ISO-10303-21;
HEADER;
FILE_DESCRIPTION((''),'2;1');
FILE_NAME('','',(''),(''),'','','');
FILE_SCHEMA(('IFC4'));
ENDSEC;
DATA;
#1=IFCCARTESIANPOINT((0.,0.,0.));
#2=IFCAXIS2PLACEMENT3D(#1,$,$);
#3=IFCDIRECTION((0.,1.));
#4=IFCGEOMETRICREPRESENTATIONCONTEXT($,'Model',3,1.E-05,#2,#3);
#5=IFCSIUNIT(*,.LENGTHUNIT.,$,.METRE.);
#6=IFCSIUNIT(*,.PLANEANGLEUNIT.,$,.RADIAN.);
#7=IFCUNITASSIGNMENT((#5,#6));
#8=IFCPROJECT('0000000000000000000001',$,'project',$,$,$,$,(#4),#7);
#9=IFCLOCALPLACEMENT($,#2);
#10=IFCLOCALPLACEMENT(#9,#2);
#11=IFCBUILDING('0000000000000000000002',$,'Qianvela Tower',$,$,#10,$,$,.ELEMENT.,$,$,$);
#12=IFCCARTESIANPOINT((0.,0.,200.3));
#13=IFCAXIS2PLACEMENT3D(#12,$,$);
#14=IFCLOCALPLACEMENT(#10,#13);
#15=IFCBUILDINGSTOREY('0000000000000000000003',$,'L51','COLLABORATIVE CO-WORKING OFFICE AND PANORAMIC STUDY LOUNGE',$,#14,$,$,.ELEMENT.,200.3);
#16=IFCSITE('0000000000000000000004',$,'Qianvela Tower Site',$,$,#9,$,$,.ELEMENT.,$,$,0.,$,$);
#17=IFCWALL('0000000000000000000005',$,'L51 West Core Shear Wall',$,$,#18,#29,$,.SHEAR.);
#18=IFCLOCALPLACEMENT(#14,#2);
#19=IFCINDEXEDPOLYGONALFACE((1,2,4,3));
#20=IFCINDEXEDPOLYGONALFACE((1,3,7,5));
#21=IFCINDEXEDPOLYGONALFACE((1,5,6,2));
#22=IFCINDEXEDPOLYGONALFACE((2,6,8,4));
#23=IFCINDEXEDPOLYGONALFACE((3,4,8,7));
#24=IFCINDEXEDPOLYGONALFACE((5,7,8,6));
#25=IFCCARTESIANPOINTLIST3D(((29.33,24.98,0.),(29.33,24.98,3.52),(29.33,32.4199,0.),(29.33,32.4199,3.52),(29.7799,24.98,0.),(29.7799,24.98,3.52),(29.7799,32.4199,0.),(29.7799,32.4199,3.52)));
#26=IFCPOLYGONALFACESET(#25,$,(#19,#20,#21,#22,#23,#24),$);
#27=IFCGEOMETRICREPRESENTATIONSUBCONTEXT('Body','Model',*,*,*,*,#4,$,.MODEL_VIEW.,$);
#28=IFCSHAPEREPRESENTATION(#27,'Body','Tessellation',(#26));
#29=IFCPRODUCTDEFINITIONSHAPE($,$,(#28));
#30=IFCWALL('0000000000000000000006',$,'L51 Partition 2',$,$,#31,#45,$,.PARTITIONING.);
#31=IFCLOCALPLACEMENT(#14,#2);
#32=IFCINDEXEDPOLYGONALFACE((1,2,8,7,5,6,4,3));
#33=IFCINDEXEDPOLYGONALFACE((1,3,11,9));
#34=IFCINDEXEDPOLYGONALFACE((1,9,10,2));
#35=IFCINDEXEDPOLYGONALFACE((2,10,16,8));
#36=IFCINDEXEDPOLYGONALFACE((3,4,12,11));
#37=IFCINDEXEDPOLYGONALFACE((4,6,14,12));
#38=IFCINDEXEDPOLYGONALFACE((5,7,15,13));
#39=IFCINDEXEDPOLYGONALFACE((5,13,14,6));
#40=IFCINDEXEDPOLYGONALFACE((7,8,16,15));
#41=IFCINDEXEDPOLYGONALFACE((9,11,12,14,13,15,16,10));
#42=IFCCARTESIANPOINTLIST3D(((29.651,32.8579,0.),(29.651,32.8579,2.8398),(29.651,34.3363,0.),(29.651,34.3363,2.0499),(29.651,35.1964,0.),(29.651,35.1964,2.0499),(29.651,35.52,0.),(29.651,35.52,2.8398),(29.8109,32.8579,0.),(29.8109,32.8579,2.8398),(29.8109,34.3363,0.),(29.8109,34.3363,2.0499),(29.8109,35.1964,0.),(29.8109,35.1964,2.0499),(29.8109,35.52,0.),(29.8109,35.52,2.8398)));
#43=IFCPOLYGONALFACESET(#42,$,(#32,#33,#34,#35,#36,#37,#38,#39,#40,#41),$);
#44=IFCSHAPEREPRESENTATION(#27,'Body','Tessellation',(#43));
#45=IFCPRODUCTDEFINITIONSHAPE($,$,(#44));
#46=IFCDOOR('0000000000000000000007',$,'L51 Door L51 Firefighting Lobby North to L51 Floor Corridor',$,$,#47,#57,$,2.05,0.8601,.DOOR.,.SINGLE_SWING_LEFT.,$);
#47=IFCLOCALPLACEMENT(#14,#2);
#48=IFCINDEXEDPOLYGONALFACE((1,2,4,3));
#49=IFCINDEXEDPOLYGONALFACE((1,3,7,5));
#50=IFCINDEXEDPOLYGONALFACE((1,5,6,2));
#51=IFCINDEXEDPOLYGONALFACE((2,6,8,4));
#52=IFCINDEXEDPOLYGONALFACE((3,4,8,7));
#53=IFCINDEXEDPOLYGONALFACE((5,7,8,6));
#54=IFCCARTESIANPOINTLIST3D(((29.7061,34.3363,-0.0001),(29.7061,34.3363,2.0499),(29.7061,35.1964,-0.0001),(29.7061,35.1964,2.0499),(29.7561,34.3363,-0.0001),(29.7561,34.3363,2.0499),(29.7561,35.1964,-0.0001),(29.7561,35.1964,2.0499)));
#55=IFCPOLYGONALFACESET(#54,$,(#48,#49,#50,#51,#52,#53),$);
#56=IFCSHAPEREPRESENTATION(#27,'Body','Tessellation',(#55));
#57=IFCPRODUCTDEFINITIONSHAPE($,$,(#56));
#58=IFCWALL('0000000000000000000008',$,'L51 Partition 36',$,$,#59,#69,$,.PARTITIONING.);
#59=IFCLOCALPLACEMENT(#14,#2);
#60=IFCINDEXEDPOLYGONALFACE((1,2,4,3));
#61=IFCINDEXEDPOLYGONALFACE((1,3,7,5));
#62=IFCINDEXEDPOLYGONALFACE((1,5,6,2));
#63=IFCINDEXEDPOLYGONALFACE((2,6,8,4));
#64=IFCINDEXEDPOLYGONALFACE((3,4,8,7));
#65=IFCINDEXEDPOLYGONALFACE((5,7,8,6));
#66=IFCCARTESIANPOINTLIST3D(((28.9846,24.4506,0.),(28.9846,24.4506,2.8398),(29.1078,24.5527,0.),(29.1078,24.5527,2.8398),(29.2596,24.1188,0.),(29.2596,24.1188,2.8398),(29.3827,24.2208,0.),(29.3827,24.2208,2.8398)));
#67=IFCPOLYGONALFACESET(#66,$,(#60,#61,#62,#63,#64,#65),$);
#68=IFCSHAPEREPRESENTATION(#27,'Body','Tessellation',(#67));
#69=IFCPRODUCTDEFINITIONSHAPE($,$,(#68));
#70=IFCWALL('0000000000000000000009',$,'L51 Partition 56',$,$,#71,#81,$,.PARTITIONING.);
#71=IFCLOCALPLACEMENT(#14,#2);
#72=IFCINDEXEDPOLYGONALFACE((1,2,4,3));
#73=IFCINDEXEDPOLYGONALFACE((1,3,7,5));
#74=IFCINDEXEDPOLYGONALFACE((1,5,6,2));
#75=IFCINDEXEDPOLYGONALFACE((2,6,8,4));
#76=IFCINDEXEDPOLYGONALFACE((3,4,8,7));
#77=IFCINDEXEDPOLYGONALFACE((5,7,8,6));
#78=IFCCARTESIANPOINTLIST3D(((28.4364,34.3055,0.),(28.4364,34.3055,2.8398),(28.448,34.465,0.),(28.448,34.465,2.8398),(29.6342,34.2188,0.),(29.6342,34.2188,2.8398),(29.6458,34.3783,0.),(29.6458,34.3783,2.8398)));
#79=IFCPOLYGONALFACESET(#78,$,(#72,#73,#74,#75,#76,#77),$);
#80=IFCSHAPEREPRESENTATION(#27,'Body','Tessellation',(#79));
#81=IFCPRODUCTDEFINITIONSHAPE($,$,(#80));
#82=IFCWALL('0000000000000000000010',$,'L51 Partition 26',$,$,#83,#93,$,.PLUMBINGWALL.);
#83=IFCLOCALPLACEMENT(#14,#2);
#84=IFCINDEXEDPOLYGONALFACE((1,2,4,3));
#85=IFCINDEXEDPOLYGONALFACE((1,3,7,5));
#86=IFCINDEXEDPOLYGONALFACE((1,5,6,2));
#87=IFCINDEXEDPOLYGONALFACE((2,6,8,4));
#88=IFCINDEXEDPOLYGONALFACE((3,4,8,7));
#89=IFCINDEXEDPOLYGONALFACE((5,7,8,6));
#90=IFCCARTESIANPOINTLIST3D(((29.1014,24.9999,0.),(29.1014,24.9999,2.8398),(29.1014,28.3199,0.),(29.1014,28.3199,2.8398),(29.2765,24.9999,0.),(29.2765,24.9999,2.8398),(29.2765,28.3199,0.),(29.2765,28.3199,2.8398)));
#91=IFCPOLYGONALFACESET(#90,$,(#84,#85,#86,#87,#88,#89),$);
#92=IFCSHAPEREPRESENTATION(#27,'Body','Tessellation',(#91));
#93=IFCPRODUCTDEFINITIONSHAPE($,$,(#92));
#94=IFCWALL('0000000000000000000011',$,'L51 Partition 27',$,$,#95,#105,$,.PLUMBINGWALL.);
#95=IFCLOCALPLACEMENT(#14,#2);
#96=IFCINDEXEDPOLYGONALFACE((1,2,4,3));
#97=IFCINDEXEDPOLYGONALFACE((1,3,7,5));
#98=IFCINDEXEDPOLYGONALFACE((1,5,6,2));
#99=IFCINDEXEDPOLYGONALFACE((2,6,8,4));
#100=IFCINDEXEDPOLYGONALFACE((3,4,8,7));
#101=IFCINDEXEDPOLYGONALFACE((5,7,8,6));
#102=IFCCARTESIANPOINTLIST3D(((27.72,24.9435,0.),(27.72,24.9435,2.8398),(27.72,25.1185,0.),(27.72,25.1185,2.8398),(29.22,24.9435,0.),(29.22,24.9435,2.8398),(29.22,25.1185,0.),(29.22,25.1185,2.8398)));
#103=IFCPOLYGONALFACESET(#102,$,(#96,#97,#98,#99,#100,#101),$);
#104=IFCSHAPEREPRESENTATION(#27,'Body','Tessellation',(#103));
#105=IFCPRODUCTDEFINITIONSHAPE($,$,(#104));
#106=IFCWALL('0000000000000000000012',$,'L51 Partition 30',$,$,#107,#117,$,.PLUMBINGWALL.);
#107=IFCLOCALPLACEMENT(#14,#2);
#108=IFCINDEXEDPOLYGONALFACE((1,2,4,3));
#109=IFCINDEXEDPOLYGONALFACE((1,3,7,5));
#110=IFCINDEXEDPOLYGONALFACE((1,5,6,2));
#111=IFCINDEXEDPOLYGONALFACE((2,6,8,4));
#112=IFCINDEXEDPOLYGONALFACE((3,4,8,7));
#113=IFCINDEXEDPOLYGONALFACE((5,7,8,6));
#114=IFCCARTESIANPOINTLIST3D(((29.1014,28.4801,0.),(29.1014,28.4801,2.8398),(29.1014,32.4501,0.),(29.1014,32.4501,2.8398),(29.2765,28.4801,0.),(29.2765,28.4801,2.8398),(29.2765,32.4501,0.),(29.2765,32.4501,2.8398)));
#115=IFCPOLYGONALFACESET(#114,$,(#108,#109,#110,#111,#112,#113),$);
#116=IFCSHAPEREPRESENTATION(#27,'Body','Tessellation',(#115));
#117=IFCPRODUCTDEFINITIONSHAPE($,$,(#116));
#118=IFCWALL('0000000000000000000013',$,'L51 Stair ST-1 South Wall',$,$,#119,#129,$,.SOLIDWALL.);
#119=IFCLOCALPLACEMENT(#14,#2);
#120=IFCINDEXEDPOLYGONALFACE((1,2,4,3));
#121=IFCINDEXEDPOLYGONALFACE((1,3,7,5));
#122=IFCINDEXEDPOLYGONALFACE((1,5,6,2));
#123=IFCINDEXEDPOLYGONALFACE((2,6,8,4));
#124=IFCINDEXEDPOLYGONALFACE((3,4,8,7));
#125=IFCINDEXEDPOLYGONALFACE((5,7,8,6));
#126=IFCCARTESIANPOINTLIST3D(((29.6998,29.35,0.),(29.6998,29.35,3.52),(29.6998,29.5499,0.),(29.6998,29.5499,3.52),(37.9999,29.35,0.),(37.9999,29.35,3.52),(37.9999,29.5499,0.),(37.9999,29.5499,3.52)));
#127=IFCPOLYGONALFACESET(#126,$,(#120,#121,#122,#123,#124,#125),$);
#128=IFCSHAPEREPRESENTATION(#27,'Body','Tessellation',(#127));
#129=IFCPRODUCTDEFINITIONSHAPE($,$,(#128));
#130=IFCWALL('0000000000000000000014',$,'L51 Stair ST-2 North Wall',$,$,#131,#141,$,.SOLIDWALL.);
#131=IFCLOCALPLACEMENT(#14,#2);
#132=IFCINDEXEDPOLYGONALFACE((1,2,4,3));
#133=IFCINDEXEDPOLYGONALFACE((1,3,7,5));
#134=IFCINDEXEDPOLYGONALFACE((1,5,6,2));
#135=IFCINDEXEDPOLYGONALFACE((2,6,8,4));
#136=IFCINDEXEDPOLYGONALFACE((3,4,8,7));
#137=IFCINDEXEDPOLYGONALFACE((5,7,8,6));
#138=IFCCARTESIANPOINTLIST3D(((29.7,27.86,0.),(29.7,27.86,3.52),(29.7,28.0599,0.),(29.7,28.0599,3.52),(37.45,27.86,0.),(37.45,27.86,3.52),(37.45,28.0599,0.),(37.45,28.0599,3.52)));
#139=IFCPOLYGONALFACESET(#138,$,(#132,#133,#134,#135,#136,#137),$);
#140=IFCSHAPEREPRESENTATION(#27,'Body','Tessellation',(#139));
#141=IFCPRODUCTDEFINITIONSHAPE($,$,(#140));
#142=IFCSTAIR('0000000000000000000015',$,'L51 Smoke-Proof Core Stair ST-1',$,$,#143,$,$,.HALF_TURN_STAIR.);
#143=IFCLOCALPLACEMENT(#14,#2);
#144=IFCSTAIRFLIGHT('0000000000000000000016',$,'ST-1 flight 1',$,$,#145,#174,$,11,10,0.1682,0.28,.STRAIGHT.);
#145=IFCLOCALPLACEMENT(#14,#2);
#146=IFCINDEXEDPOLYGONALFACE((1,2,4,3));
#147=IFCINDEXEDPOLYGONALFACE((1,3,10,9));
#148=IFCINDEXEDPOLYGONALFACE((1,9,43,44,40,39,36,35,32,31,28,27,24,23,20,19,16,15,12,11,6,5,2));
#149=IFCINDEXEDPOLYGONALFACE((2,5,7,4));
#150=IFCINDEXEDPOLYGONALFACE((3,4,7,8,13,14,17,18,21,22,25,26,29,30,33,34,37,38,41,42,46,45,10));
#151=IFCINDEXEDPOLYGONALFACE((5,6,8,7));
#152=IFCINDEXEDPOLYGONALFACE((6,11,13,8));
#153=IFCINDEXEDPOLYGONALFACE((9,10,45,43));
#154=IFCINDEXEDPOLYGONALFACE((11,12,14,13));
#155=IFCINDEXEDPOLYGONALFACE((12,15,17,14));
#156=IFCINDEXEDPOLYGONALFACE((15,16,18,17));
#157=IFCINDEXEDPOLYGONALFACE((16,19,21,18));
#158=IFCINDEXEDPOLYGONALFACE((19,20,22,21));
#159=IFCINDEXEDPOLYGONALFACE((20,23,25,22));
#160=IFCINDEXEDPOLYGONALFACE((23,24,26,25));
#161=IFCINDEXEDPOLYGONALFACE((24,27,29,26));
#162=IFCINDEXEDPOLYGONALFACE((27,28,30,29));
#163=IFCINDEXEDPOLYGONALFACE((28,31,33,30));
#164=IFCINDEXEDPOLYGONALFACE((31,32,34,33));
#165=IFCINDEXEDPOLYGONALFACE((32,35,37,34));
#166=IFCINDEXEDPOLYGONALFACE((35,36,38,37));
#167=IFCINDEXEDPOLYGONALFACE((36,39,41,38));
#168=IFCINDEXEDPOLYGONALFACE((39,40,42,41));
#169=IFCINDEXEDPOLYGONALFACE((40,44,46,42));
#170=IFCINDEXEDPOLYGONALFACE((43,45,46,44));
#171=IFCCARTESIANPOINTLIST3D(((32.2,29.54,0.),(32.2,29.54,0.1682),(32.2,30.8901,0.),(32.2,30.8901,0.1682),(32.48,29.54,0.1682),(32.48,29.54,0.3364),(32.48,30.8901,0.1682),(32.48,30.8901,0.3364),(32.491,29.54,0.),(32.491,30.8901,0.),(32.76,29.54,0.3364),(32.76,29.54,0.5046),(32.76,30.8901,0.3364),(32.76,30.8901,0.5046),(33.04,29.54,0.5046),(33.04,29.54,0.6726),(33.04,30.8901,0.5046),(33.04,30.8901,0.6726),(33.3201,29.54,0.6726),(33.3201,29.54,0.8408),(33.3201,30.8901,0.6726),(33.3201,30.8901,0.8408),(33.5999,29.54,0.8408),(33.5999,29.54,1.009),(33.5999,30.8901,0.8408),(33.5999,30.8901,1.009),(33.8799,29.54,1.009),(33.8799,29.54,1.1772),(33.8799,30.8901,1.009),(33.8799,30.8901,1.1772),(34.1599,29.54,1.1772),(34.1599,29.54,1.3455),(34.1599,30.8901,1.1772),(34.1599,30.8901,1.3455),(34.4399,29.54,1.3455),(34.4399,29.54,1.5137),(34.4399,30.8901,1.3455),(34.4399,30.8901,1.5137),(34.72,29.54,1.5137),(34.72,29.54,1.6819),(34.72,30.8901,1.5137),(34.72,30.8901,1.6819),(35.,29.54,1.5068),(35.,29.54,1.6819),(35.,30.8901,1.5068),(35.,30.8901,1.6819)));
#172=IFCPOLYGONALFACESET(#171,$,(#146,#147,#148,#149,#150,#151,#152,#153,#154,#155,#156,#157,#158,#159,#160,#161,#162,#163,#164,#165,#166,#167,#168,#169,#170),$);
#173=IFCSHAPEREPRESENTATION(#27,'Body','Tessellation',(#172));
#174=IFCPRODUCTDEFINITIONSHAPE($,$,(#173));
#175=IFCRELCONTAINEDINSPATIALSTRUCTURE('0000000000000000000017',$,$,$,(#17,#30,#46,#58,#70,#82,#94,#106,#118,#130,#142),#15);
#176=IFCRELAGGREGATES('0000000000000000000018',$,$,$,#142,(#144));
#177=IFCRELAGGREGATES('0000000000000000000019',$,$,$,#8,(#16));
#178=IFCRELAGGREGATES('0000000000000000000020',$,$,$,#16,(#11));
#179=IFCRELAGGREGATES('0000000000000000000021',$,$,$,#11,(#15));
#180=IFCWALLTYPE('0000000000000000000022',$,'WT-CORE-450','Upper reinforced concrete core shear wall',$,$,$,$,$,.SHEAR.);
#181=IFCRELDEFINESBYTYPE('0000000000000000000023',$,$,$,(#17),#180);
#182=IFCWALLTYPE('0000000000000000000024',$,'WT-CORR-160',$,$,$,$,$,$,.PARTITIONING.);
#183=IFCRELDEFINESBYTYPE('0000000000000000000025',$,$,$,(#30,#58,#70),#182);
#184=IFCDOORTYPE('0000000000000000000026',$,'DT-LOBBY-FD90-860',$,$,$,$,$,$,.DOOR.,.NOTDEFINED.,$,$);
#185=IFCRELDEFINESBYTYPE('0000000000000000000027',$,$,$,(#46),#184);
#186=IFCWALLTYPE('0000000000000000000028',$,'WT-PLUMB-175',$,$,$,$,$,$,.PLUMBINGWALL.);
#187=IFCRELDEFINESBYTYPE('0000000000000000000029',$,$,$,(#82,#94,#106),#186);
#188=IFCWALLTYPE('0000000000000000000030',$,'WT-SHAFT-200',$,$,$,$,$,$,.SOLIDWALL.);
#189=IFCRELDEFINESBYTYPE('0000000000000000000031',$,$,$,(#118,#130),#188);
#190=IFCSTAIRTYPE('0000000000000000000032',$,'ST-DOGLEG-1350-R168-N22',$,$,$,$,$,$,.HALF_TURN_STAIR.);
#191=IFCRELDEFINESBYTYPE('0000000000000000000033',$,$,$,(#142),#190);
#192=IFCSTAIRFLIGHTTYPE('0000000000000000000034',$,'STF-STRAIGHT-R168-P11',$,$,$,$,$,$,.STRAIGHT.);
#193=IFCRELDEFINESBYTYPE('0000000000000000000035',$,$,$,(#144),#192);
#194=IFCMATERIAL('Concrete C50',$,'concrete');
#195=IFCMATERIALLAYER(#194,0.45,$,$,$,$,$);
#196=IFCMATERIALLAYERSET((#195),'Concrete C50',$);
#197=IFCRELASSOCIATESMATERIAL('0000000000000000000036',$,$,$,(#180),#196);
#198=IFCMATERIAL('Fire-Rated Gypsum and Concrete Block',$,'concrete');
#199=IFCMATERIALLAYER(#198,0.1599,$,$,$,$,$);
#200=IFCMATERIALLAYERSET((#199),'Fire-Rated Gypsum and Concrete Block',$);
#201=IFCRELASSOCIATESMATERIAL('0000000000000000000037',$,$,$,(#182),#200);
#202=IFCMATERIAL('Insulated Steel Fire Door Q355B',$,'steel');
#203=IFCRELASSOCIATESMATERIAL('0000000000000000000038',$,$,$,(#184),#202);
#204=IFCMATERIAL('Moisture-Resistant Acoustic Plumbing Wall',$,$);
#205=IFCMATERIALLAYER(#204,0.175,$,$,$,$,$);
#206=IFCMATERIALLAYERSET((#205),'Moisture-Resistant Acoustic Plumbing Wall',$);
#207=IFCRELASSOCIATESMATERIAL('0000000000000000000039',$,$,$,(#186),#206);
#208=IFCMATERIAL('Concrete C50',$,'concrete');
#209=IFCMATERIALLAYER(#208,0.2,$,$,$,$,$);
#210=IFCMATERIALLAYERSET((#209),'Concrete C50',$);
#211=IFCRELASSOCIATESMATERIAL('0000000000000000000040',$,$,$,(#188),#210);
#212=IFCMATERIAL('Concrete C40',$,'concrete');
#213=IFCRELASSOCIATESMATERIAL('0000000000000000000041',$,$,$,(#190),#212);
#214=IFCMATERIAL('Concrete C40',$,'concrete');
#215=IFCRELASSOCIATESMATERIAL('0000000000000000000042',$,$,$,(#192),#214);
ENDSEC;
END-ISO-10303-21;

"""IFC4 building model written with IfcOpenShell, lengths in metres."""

from ifc_helpers import new_model, si_unit, direction, frame, frame_2d, origin, place, context, subcontext, project, spatial, polyline, rectangle, outline, extrude, material, layer, layer_set, type_object, element, fill, aggregate, save


model = new_model("IFC4")

# Units and contexts
model_context = context("Model", 3, precision=1e-05, world=origin(), true_north=direction((0.0, 1.0)))
body_context = subcontext(model_context, "Body", "Model", "MODEL_VIEW")
ifc_project = project(units=[si_unit("LENGTHUNIT", "METRE"), si_unit("PLANEANGLEUNIT", "RADIAN")], contexts=[model_context])

# Site, building, storey
site_placement = place(None, origin())
site = spatial("IfcSite", under=ifc_project, at=site_placement, Name="Qianvela Tower Site", CompositionType="ELEMENT", RefElevation=0.0)
building_placement = place(site_placement, origin())
building = spatial("IfcBuilding", under=site, at=building_placement, Name="Qianvela Tower", CompositionType="ELEMENT")
storey_placement = place(building_placement, frame((0.0, 0.0, 200.3)))
storey = spatial("IfcBuildingStorey", under=building, at=storey_placement, Name="L51", Description="COLLABORATIVE CO-WORKING OFFICE AND PANORAMIC STUDY LOUNGE", CompositionType="ELEMENT", Elevation=200.3)

# Shared definitions
ifc_material_1 = material(Name="Concrete C50", Category="concrete")
ifc_layer_1 = layer(ifc_material_1, 0.45)
ifc_layer_set_1 = layer_set([ifc_layer_1], Name="Concrete C50")
wall_type_1 = type_object("IfcWallType", Name="WT-CORE-450", Description="Upper reinforced concrete core shear wall", PredefinedType="SHEAR", material=ifc_layer_set_1)

# Wall
wall_1_placement = place(storey_placement, frame((29.5549, 24.98, 0.0), z_axis=(0.0, 0.0, 1.0), x_axis=(0.0, 1.0, 0.0)))
element("IfcWall", 1, at=wall_1_placement, inside=storey, type_object=wall_type_1, Name="L51 West Core Shear Wall", PredefinedType="SHEAR", context=body_context, shape_type="SweptSolid", body=[
    extrude(rectangle(XDim=7.4399, YDim=0.45, at=frame_2d((3.72, 0.0))), origin(), (0.0, 0.0, 1.0), 3.52),
])

# Wall, opening, door
ifc_material_2 = material(Name="Fire-Rated Gypsum and Concrete Block", Category="concrete")
ifc_layer_2 = layer(ifc_material_2, 0.1599)
ifc_layer_set_2 = layer_set([ifc_layer_2], Name="Fire-Rated Gypsum and Concrete Block")
wall_type_2 = type_object("IfcWallType", Name="WT-CORR-160", PredefinedType="PARTITIONING", material=ifc_layer_set_2)
wall_2_placement = place(storey_placement, frame((29.731, 32.8579, 0.0), z_axis=(0.0, 0.0, 1.0), x_axis=(0.0, 1.0, 0.0)))
wall_2 = element("IfcWall", 2, at=wall_2_placement, inside=storey, type_object=wall_type_2, Name="L51 Partition 2", PredefinedType="PARTITIONING", context=body_context, shape_type="SweptSolid", body=[
    extrude(rectangle(XDim=2.6621, YDim=0.1599, at=frame_2d((1.3311, 0.0))), origin(), (0.0, 0.0, 1.0), 2.8398),
])
opening_1_placement = place(wall_2_placement, frame((1.4783, 0.0, 0.0)))
opening_1 = element("IfcOpeningElement", 3, at=opening_1_placement, cuts=wall_2, PredefinedType="OPENING", context=body_context, shape_type="SweptSolid", body=[
    extrude(rectangle(XDim=0.8601, YDim=2.05, at=frame_2d((0.4302, 1.0249))), frame((0.0, 0.0898, 0.0), z_axis=(0.0, -1.0, 0.0), x_axis=(1.0, 0.0, 0.0)), (0.0, 0.0, 1.0), 0.1799),
])
ifc_material_3 = material(Name="Insulated Steel Fire Door Q355B", Category="steel")
door_type_1 = type_object("IfcDoorType", Name="DT-LOBBY-FD90-860", OperationType="NOTDEFINED", PredefinedType="DOOR", material=ifc_material_3)
door_1_placement = place(opening_1_placement, origin())
door_1 = element("IfcDoor", 4, at=door_1_placement, inside=storey, type_object=door_type_1, Name="L51 Door L51 Firefighting Lobby North to L51 Floor Corridor", OperationType="SINGLE_SWING_LEFT", OverallHeight=2.05, OverallWidth=0.8601, PredefinedType="DOOR", context=body_context, shape_type="SweptSolid", body=[
    extrude(rectangle(XDim=0.8601, YDim=2.05, at=frame_2d((0.4302, 1.0249))), frame((0.0, 0.0249, 0.0), z_axis=(0.0, -1.0, 0.0), x_axis=(1.0, 0.0, 0.0)), (0.0, 0.0, 1.0), 0.05),
])
fill(opening_1, door_1)

# Walls
wall_3_placement = place(storey_placement, frame((29.321, 24.1699, 0.0), z_axis=(0.0, 0.0, 1.0), x_axis=(-0.638008, 0.77003, 0.0)))
element("IfcWall", 5, at=wall_3_placement, inside=storey, type_object=wall_type_2, Name="L51 Partition 36", PredefinedType="PARTITIONING", context=body_context, shape_type="SweptSolid", body=[
    extrude(rectangle(XDim=0.4309, YDim=0.1599, at=frame_2d((0.2153, 0.0))), origin(), (0.0, 0.0, 1.0), 2.8398),
])
wall_4_placement = place(storey_placement, frame((29.6401, 34.2986, 0.0), z_axis=(0.0, 0.0, 1.0), x_axis=(-0.997392, 0.072172, 0.0)))
element("IfcWall", 6, at=wall_4_placement, inside=storey, type_object=wall_type_2, Name="L51 Partition 56", PredefinedType="PARTITIONING", context=body_context, shape_type="SweptSolid", body=[
    extrude(rectangle(XDim=1.2009, YDim=0.1599, at=frame_2d((0.6006, 0.0))), origin(), (0.0, 0.0, 1.0), 2.8398),
])
ifc_material_4 = material(Name="Moisture-Resistant Acoustic Plumbing Wall")
ifc_layer_3 = layer(ifc_material_4, 0.175)
ifc_layer_set_3 = layer_set([ifc_layer_3], Name="Moisture-Resistant Acoustic Plumbing Wall")
wall_type_3 = type_object("IfcWallType", Name="WT-PLUMB-175", PredefinedType="PLUMBINGWALL", material=ifc_layer_set_3)
wall_5_placement = place(storey_placement, frame((29.189, 28.3201, 0.0), z_axis=(0.0, 0.0, 1.0), x_axis=(0.0, -1.0, 0.0)))
element("IfcWall", 7, at=wall_5_placement, inside=storey, type_object=wall_type_3, Name="L51 Partition 26", PredefinedType="PLUMBINGWALL", context=body_context, shape_type="SweptSolid", body=[
    extrude(rectangle(XDim=3.3201, YDim=0.175, at=frame_2d((1.6602, 0.0))), origin(), (0.0, 0.0, 1.0), 2.8398),
])
wall_6_placement = place(storey_placement, frame((29.22, 25.031, 0.0), z_axis=(0.0, 0.0, 1.0), x_axis=(-1.0, 0.0, 0.0)))
element("IfcWall", 8, at=wall_6_placement, inside=storey, type_object=wall_type_3, Name="L51 Partition 27", PredefinedType="PLUMBINGWALL", context=body_context, shape_type="SweptSolid", body=[
    extrude(rectangle(XDim=1.5, YDim=0.175, at=frame_2d((0.75, 0.0))), origin(), (0.0, 0.0, 1.0), 2.8398),
])
wall_7_placement = place(storey_placement, frame((29.189, 32.45, 0.0), z_axis=(0.0, 0.0, 1.0), x_axis=(0.0, -1.0, 0.0)))
element("IfcWall", 9, at=wall_7_placement, inside=storey, type_object=wall_type_3, Name="L51 Partition 30", PredefinedType="PLUMBINGWALL", context=body_context, shape_type="SweptSolid", body=[
    extrude(rectangle(XDim=3.97, YDim=0.175, at=frame_2d((1.9849, 0.0))), origin(), (0.0, 0.0, 1.0), 2.8398),
])
ifc_material_5 = material(Name="Concrete C50", Category="concrete")
ifc_layer_4 = layer(ifc_material_5, 0.2)
ifc_layer_set_4 = layer_set([ifc_layer_4], Name="Concrete C50")
wall_type_4 = type_object("IfcWallType", Name="WT-SHAFT-200", PredefinedType="SOLIDWALL", material=ifc_layer_set_4)
wall_8_placement = place(storey_placement, frame((29.7, 29.45, 0.0), z_axis=(0.0, 0.0, 1.0), x_axis=(1.0, 0.0, 0.0)))
element("IfcWall", 10, at=wall_8_placement, inside=storey, type_object=wall_type_4, Name="L51 Stair ST-1 South Wall", PredefinedType="SOLIDWALL", context=body_context, shape_type="SweptSolid", body=[
    extrude(rectangle(XDim=8.3, YDim=0.2, at=frame_2d((4.1499, 0.0))), origin(), (0.0, 0.0, 1.0), 3.52),
])
wall_9_placement = place(storey_placement, frame((29.7, 27.96, 0.0), z_axis=(0.0, 0.0, 1.0), x_axis=(1.0, 0.0, 0.0)))
element("IfcWall", 11, at=wall_9_placement, inside=storey, type_object=wall_type_4, Name="L51 Stair ST-2 North Wall", PredefinedType="SOLIDWALL", context=body_context, shape_type="SweptSolid", body=[
    extrude(rectangle(XDim=7.75, YDim=0.2, at=frame_2d((3.875, 0.0))), origin(), (0.0, 0.0, 1.0), 3.52),
])

# Stair, stair flight
ifc_material_6 = material(Name="Concrete C40", Category="concrete")
stair_type = type_object("IfcStairType", Name="ST-DOGLEG-1350-R168-N22", PredefinedType="HALF_TURN_STAIR", material=ifc_material_6)
stair_1_placement = place(storey_placement, origin())
stair_1 = element("IfcStair", 12, at=stair_1_placement, inside=storey, type_object=stair_type, Name="L51 Smoke-Proof Core Stair ST-1", PredefinedType="HALF_TURN_STAIR")
ifc_material_7 = material(Name="Concrete C40", Category="concrete")
stair_flight_type = type_object("IfcStairFlightType", Name="STF-STRAIGHT-R168-P11", PredefinedType="STRAIGHT", material=ifc_material_7)
stair_flight_1_placement = place(storey_placement, frame((32.2, 30.2151, 0.0), z_axis=(0.0, 0.0, 1.0), x_axis=(1.0, 0.0, 0.0)))
stair_flight_1 = element("IfcStairFlight", 13, at=stair_flight_1_placement, type_object=stair_flight_type, Name="ST-1 flight 1", NumberOfRisers=11, NumberOfTreads=10, PredefinedType="STRAIGHT", RiserHeight=0.1682, TreadLength=0.28, context=body_context, shape_type="SweptSolid", body=[
    extrude(outline(polyline([(0.0, 0.0), (0.0, 0.1682), (0.28, 0.1682), (0.28, 0.3364), (0.5601, 0.3364), (0.5601, 0.5046), (0.8401, 0.5046), (0.8401, 0.6726), (1.1201, 0.6726), (1.1201, 0.8408), (1.3999, 0.8408), (1.3999, 1.009), (1.6799, 1.009), (1.6799, 1.1772), (1.96, 1.1772), (1.96, 1.3455), (2.24, 1.3455), (2.24, 1.5137), (2.52, 1.5137), (2.52, 1.6819), (2.8, 1.6819), (2.8, 1.8501), (2.8, 1.5068), (0.291, 0.0), (0.0, 0.0)])), frame((0.0, 0.675, 0.0), z_axis=(0.0, -1.0, 0.0), x_axis=(1.0, 0.0, 0.0)), (0.0, 0.0, 1.0), 1.3501),
])
aggregate(stair_1, [stair_flight_1])

save(model, "model.ifc")
